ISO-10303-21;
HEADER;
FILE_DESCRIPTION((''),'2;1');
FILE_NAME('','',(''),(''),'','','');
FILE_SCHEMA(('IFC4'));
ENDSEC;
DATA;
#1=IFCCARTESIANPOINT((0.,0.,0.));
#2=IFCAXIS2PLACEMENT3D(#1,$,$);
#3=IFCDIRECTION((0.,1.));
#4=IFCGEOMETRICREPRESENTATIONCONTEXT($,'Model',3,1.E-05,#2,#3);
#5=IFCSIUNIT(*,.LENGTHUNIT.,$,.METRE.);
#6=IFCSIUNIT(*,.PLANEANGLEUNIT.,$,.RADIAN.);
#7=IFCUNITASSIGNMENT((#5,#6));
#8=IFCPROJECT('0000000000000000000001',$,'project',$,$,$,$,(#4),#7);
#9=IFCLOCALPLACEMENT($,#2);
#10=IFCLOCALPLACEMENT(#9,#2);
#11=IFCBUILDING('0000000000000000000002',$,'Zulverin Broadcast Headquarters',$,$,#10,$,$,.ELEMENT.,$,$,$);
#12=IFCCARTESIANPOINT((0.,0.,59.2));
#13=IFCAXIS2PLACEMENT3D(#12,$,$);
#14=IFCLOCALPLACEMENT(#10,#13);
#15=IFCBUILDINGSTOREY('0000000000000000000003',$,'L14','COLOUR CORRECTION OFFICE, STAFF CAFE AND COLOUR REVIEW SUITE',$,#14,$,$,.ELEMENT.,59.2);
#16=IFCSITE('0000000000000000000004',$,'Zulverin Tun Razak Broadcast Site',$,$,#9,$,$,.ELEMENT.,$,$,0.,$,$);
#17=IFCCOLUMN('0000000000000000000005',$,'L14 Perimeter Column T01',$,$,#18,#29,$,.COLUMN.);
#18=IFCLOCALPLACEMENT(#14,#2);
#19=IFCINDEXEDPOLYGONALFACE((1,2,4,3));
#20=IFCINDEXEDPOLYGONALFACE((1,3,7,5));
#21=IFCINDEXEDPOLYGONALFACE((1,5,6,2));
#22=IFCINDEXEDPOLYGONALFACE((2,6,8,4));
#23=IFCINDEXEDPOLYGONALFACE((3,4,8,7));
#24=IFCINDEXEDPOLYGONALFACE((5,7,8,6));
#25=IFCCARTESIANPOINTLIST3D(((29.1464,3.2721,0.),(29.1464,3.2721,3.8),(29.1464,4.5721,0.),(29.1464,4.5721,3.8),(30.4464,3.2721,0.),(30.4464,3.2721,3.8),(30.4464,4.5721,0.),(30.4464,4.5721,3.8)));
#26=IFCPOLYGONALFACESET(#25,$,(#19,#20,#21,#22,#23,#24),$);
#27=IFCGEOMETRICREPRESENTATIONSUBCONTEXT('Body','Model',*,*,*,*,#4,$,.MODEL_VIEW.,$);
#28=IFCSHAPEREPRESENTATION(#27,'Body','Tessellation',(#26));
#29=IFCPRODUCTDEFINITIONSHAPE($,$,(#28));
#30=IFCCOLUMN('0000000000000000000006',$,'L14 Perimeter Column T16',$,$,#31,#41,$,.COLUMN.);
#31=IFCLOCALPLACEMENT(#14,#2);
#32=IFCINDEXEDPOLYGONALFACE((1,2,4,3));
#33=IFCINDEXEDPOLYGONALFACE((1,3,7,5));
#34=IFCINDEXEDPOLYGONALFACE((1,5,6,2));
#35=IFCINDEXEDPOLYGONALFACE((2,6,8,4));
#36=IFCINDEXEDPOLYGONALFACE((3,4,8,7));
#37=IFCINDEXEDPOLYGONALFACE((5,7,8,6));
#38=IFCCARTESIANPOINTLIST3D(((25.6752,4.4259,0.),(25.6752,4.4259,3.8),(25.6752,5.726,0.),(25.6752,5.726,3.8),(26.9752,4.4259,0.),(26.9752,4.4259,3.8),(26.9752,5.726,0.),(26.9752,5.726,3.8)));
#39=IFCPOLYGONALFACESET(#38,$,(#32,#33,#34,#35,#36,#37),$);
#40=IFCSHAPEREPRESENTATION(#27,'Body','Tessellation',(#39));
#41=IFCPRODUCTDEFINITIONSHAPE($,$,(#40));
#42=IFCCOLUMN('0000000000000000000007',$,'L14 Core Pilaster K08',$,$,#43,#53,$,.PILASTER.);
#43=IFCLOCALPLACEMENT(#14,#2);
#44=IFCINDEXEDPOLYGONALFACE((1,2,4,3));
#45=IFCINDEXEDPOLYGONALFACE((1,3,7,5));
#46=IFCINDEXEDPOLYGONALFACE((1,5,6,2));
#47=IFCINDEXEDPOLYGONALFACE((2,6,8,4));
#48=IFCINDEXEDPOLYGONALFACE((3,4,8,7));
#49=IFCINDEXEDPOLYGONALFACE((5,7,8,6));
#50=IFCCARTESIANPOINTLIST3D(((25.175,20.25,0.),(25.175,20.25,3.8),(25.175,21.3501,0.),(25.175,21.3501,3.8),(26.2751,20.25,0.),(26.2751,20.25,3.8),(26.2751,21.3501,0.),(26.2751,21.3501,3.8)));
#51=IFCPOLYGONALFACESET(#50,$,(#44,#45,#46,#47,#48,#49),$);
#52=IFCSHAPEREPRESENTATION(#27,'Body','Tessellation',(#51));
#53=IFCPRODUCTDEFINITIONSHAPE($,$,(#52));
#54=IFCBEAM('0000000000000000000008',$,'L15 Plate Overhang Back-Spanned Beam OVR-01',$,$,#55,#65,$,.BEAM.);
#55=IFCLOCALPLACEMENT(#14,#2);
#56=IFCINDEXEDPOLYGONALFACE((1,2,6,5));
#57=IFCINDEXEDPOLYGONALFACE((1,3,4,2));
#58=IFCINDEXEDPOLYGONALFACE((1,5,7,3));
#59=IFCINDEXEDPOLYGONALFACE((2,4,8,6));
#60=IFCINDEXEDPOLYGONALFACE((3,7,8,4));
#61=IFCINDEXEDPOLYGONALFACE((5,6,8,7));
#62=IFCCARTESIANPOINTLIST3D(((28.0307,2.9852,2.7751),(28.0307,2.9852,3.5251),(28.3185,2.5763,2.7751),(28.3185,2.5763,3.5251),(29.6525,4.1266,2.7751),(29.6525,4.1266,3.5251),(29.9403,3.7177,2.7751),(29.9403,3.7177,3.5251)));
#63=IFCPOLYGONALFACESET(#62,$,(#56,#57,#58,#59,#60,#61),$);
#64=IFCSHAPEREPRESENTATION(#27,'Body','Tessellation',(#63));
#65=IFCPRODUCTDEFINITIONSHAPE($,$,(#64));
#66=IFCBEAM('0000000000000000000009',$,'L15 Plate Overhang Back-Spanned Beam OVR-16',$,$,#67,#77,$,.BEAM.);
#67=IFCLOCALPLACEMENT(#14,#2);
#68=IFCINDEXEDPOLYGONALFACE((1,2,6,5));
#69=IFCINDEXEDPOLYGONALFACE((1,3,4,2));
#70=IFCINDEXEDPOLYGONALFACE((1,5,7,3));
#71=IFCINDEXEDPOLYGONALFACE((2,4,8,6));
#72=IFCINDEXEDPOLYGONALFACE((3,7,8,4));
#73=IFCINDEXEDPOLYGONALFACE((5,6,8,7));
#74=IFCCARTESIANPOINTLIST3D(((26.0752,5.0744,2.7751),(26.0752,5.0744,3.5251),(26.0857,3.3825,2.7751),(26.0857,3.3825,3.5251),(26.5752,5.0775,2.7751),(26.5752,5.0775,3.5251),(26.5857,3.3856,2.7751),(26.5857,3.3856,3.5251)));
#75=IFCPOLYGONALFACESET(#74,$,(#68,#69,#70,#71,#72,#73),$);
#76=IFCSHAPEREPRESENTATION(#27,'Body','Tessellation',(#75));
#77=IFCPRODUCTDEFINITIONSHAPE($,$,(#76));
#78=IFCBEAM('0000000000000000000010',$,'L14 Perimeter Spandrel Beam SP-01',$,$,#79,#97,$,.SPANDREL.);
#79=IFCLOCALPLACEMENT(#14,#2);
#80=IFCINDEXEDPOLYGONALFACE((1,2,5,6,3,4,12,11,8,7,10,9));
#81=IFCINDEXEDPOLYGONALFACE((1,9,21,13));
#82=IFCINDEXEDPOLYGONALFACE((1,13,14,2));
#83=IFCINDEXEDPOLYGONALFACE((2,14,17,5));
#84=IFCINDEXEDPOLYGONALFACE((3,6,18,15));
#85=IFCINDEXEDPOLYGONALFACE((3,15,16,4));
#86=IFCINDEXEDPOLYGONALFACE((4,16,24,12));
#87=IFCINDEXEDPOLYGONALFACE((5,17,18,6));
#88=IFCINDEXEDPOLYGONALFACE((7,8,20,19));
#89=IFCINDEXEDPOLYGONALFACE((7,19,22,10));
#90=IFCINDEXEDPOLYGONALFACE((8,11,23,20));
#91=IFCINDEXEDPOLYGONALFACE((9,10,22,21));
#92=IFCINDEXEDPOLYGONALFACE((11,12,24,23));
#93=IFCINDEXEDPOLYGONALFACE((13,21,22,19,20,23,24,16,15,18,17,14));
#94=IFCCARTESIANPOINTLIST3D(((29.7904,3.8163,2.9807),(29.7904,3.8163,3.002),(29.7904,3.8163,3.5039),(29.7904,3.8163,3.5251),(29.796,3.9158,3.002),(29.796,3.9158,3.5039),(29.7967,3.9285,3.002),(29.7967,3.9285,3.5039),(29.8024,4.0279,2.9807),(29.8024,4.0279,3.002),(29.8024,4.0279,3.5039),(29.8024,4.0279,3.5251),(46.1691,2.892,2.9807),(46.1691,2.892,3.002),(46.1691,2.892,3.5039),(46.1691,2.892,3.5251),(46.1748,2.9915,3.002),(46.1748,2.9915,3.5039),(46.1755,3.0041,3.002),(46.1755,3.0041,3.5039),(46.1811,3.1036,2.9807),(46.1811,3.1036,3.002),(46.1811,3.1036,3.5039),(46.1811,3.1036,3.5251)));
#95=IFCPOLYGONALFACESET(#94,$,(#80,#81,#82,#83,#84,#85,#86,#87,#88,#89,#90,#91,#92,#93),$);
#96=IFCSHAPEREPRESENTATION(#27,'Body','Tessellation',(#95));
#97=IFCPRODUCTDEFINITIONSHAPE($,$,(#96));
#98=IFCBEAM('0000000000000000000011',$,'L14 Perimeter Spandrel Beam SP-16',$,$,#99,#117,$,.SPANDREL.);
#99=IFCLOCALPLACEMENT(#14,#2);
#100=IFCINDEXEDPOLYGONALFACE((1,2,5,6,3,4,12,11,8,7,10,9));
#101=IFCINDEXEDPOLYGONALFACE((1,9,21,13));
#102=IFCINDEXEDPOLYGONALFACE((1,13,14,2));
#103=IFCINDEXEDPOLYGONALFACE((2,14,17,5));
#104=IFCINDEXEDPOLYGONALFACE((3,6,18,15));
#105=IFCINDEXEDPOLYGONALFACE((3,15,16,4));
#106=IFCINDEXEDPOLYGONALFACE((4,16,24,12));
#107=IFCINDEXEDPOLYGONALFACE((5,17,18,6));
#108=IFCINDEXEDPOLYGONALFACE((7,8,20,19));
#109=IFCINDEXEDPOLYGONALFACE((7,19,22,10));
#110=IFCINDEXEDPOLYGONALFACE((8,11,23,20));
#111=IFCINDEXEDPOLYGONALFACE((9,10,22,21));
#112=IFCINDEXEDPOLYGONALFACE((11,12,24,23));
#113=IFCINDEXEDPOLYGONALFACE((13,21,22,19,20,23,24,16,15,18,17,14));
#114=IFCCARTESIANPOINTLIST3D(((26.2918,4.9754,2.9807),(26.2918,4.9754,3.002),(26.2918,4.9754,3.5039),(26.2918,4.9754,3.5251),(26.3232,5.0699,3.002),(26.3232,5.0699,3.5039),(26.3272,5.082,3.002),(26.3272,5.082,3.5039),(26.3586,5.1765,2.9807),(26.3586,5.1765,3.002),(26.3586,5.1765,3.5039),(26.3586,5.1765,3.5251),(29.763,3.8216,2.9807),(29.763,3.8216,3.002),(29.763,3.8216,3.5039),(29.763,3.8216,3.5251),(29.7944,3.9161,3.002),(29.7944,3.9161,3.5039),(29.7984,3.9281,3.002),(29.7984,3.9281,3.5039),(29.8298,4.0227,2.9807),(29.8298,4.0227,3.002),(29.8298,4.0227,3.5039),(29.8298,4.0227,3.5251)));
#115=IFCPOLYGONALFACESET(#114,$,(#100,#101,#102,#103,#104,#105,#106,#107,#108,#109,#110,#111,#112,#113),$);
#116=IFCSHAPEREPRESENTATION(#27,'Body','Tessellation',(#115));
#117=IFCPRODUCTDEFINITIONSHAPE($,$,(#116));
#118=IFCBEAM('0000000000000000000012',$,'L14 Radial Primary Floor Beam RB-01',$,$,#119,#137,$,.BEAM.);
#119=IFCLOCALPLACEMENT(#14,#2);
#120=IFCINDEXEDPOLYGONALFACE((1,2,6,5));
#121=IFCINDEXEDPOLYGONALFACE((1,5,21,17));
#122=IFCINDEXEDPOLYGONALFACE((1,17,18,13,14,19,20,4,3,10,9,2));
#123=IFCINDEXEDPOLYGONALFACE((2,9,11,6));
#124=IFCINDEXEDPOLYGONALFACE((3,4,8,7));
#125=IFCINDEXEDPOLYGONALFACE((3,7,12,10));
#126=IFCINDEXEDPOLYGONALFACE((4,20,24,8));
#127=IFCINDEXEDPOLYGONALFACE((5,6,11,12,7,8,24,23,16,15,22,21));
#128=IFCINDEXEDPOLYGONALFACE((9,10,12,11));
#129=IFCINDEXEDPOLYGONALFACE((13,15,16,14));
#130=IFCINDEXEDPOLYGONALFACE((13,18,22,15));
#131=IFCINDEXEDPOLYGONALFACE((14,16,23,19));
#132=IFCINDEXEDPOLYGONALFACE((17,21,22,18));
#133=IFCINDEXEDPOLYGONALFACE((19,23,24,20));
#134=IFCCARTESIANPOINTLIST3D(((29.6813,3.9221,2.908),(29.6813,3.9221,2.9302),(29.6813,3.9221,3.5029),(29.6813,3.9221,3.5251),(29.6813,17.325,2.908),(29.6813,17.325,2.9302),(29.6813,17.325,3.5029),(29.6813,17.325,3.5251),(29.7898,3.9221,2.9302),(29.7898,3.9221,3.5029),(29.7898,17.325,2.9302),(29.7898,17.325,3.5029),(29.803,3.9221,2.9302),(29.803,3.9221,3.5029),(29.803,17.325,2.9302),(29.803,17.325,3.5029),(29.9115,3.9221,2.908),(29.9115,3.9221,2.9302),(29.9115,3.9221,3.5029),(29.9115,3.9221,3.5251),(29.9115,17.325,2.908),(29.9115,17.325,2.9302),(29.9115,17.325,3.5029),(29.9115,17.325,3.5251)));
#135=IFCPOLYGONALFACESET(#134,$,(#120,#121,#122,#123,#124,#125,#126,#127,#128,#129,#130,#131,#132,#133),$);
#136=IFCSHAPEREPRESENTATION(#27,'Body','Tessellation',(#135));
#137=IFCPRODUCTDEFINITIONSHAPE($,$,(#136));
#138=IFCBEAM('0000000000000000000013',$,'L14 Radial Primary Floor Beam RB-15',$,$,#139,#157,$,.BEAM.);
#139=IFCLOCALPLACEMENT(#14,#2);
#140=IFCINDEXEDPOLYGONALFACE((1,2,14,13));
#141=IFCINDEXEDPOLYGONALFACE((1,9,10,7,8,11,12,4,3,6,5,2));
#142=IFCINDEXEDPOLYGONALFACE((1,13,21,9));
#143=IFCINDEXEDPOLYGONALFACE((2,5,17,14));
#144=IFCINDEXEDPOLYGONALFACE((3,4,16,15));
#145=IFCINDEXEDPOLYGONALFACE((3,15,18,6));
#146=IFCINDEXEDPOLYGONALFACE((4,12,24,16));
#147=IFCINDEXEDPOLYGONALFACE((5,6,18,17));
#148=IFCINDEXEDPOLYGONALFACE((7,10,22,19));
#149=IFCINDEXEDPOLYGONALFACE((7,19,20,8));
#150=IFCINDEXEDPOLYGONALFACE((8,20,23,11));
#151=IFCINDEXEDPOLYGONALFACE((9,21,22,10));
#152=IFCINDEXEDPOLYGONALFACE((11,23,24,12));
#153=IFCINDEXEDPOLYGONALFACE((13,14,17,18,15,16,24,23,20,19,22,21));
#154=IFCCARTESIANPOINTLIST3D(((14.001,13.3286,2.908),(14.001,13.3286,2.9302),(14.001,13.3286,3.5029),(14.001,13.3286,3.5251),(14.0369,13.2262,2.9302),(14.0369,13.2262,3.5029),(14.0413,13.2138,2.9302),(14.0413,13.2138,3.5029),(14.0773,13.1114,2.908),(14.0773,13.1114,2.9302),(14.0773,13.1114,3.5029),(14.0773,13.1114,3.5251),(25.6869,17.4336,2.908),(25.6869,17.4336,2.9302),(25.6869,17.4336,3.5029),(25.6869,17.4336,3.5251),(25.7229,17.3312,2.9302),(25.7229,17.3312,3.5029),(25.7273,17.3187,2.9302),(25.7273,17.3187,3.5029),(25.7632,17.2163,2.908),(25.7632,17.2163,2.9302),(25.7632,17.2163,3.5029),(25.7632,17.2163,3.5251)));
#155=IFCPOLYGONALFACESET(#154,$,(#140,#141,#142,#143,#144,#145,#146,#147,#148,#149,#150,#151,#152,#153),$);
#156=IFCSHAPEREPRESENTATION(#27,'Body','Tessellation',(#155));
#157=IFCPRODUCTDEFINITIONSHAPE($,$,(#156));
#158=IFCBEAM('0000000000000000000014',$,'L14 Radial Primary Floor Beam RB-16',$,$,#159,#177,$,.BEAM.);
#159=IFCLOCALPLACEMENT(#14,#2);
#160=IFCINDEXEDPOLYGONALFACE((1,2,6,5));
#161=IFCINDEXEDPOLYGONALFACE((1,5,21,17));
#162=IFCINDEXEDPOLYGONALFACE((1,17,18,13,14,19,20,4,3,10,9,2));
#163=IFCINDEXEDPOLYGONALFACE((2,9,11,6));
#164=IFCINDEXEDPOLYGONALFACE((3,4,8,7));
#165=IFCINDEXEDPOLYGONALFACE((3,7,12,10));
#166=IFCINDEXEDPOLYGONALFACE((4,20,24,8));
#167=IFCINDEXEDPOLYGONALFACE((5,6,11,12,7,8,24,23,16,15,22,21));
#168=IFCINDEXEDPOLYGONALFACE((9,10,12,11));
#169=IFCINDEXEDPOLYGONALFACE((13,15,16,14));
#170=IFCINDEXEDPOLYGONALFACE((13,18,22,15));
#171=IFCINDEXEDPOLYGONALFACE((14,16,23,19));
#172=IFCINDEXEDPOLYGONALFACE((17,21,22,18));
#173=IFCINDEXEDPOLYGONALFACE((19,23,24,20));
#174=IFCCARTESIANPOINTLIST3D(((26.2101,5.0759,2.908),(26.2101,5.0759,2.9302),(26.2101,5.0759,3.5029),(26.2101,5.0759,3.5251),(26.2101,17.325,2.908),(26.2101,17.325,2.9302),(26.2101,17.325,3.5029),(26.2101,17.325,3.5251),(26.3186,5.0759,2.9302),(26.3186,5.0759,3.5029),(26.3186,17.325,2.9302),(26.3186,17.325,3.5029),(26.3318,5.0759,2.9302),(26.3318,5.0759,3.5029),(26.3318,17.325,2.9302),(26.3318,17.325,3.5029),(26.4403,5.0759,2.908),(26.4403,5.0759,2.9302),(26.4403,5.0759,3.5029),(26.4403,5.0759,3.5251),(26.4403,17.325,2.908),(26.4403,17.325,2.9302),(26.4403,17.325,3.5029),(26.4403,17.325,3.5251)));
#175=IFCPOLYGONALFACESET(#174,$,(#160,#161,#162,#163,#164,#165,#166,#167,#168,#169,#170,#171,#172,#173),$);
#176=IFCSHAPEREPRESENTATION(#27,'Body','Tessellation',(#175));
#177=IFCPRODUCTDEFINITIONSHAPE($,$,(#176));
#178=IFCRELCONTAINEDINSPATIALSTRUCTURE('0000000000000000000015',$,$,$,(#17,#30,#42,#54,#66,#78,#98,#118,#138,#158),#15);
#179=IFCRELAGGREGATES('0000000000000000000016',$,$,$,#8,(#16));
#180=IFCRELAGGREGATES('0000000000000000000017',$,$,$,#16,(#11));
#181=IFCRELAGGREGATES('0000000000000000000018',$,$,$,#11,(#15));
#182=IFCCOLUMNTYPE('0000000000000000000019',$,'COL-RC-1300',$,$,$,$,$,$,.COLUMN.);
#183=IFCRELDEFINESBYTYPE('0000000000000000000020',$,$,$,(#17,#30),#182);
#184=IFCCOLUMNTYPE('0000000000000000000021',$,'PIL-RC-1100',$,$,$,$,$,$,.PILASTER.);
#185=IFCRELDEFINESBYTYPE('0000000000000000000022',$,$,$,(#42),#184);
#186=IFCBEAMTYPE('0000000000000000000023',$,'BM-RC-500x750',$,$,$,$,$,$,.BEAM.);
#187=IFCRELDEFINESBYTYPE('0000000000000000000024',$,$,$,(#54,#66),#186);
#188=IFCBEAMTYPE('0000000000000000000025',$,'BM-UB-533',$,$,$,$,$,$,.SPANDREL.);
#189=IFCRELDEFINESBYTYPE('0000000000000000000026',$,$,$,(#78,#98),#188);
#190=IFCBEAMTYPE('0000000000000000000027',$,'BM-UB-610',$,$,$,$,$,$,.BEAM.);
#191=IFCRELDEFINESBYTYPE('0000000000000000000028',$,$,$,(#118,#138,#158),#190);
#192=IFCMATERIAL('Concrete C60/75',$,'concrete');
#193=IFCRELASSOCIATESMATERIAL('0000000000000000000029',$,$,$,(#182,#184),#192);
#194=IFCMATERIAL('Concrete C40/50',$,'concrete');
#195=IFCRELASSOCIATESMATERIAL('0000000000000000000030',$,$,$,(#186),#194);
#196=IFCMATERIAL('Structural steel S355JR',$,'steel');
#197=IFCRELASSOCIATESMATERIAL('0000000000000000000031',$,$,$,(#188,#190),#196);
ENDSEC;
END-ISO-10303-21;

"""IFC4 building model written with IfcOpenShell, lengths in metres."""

from ifc_helpers import new_model, si_unit, direction, frame, origin, origin_2d, place, context, subcontext, project, spatial, rectangle, i_section, extrude, material, material_profile, profile_set, type_object, element, save


model = new_model("IFC4")

# Units and contexts
model_context = context("Model", 3, precision=1e-05, world=origin(), true_north=direction((0.0, 1.0)))
body_context = subcontext(model_context, "Body", "Model", "MODEL_VIEW")
ifc_project = project(units=[si_unit("LENGTHUNIT", "METRE"), si_unit("PLANEANGLEUNIT", "RADIAN")], contexts=[model_context])

# Site, building, storey
site_placement = place(None, origin())
site = spatial("IfcSite", under=ifc_project, at=site_placement, Name="Zulverin Tun Razak Broadcast Site", CompositionType="ELEMENT", RefElevation=0.0)
building_placement = place(site_placement, origin())
building = spatial("IfcBuilding", under=site, at=building_placement, Name="Zulverin Broadcast Headquarters", CompositionType="ELEMENT")
storey_placement = place(building_placement, frame((0.0, 0.0, 59.2)))
storey = spatial("IfcBuildingStorey", under=building, at=storey_placement, Name="L14", Description="COLOUR CORRECTION OFFICE, STAFF CAFE AND COLOUR REVIEW SUITE", CompositionType="ELEMENT", Elevation=59.2)

# Columns
ifc_material_1 = material(Name="Concrete C60/75", Category="concrete")
ifc_material_profile_1 = material_profile(ifc_material_1, rectangle(XDim=1.3, YDim=1.3, at=origin_2d()), Name="Concrete C60/75", Category="concrete")
ifc_profile_set_1 = profile_set([ifc_material_profile_1], Name="Concrete C60/75")
column_type_1 = type_object("IfcColumnType", Name="COL-RC-1300", PredefinedType="COLUMN", material=ifc_profile_set_1)
for number, where, z_axis, x_axis, name in (
    (1, (29.7964, 3.9221, 0.0), (0.0, 0.0, 1.0), (1.0, 0.0, 0.0), "L14 Perimeter Column T01"),
    (2, (26.3252, 5.0759, 0.0), (0.0, 0.0, 1.0), (1.0, 0.0, 0.0), "L14 Perimeter Column T16"),
):
    element("IfcColumn", number, at=place(storey_placement, frame(where, z_axis=z_axis, x_axis=x_axis)), inside=storey, type_object=column_type_1, Name=name, PredefinedType="COLUMN", context=body_context, shape_type="SweptSolid", body=[
        extrude(rectangle(XDim=1.3, YDim=1.3, at=origin_2d()), origin(), (0.0, 0.0, 1.0), 3.8),
    ])
ifc_material_profile_2 = material_profile(ifc_material_1, rectangle(XDim=1.1001, YDim=1.1001, at=origin_2d()), Name="Concrete C60/75", Category="concrete")
ifc_profile_set_2 = profile_set([ifc_material_profile_2], Name="Concrete C60/75")
column_type_2 = type_object("IfcColumnType", Name="PIL-RC-1100", PredefinedType="PILASTER", material=ifc_profile_set_2)
column_placement = place(storey_placement, frame((25.7251, 20.8, 0.0), z_axis=(0.0, 0.0, 1.0), x_axis=(1.0, 0.0, 0.0)))
element("IfcColumn", 3, at=column_placement, inside=storey, type_object=column_type_2, Name="L14 Core Pilaster K08", PredefinedType="PILASTER", context=body_context, shape_type="SweptSolid", body=[
    extrude(rectangle(XDim=1.1001, YDim=1.1001, at=origin_2d()), origin(), (0.0, 0.0, 1.0), 3.8),
])

# Beams
ifc_material_2 = material(Name="Concrete C40/50", Category="concrete")
ifc_material_profile_3 = material_profile(ifc_material_2, rectangle(XDim=0.5, YDim=0.75, at=origin_2d()), Name="Concrete C40/50", Category="concrete")
ifc_profile_set_3 = profile_set([ifc_material_profile_3], Name="Concrete C40/50")
beam_type_1 = type_object("IfcBeamType", Name="BM-RC-500x750", PredefinedType="BEAM", material=ifc_profile_set_3)
beam_1_placement = place(storey_placement, frame((29.7964, 3.9221, 3.1501), z_axis=(-0.817789, -0.575518, 0.0), x_axis=(0.575518, -0.817789, 0.0)))
element("IfcBeam", 4, at=beam_1_placement, inside=storey, type_object=beam_type_1, Name="L15 Plate Overhang Back-Spanned Beam OVR-01", PredefinedType="BEAM", context=body_context, shape_type="SweptSolid", body=[
    extrude(rectangle(XDim=0.5, YDim=0.75, at=origin_2d()), origin(), (0.0, 0.0, 1.0), 1.9832),
])
beam_2_placement = place(storey_placement, frame((26.3252, 5.0759, 3.1501), z_axis=(0.006205, -0.999981, 0.0), x_axis=(0.999981, 0.006205, 0.0)))
element("IfcBeam", 5, at=beam_2_placement, inside=storey, type_object=beam_type_1, Name="L15 Plate Overhang Back-Spanned Beam OVR-16", PredefinedType="BEAM", context=body_context, shape_type="SweptSolid", body=[
    extrude(rectangle(XDim=0.5, YDim=0.75, at=origin_2d()), origin(), (0.0, 0.0, 1.0), 1.6919),
])
ifc_material_3 = material(Name="Structural steel S355JR", Category="steel")
ifc_material_profile_4 = material_profile(ifc_material_3, i_section(OverallWidth=0.2119, OverallDepth=0.5444, WebThickness=0.0127, FlangeThickness=0.0212, at=origin_2d()), Name="Structural steel S355JR", Category="steel")
ifc_profile_set_4 = profile_set([ifc_material_profile_4], Name="Structural steel S355JR")
beam_type_2 = type_object("IfcBeamType", Name="BM-UB-533", PredefinedType="SPANDREL", material=ifc_profile_set_4)
beam_3_placement = place(storey_placement, frame((29.7964, 3.9221, 3.2529), z_axis=(0.998411, -0.056345, 0.0), x_axis=(0.056345, 0.998411, 0.0)))
element("IfcBeam", 6, at=beam_3_placement, inside=storey, type_object=beam_type_2, Name="L14 Perimeter Spandrel Beam SP-01", PredefinedType="SPANDREL", context=body_context, shape_type="SweptSolid", body=[
    extrude(i_section(OverallWidth=0.2119, OverallDepth=0.5444, WebThickness=0.0127, FlangeThickness=0.0212, at=origin_2d()), origin(), (0.0, 0.0, 1.0), 16.4048),
])
beam_4_placement = place(storey_placement, frame((26.3252, 5.0759, 3.2529), z_axis=(0.94895, -0.315427, 0.0), x_axis=(0.315427, 0.94895, 0.0)))
element("IfcBeam", 7, at=beam_4_placement, inside=storey, type_object=beam_type_2, Name="L14 Perimeter Spandrel Beam SP-16", PredefinedType="SPANDREL", context=body_context, shape_type="SweptSolid", body=[
    extrude(i_section(OverallWidth=0.2119, OverallDepth=0.5444, WebThickness=0.0127, FlangeThickness=0.0212, at=origin_2d()), origin(), (0.0, 0.0, 1.0), 3.658),
])
ifc_material_profile_5 = material_profile(ifc_material_3, i_section(OverallWidth=0.2302, OverallDepth=0.6172, WebThickness=0.0132, FlangeThickness=0.0222, at=origin_2d()), Name="Structural steel S355JR", Category="steel")
ifc_profile_set_5 = profile_set([ifc_material_profile_5], Name="Structural steel S355JR")
beam_type_3 = type_object("IfcBeamType", Name="BM-UB-610", PredefinedType="BEAM", material=ifc_profile_set_5)
beam_5_placement = place(storey_placement, frame((29.7964, 17.325, 3.2166), z_axis=(0.0, -1.0, 0.0), x_axis=(1.0, 0.0, 0.0)))
element("IfcBeam", 8, at=beam_5_placement, inside=storey, type_object=beam_type_3, Name="L14 Radial Primary Floor Beam RB-01", PredefinedType="BEAM", context=body_context, shape_type="SweptSolid", body=[
    extrude(i_section(OverallWidth=0.2302, OverallDepth=0.6172, WebThickness=0.0132, FlangeThickness=0.0222, at=origin_2d()), origin(), (0.0, 0.0, 1.0), 13.4028),
])
beam_6_placement = place(storey_placement, frame((25.7251, 17.325, 3.2166), z_axis=(-0.943483, -0.33142, 0.0), x_axis=(0.33142, -0.943483, 0.0)))
element("IfcBeam", 9, at=beam_6_placement, inside=storey, type_object=beam_type_3, Name="L14 Radial Primary Floor Beam RB-15", PredefinedType="BEAM", context=body_context, shape_type="SweptSolid", body=[
    extrude(i_section(OverallWidth=0.2302, OverallDepth=0.6172, WebThickness=0.0132, FlangeThickness=0.0222, at=origin_2d()), origin(), (0.0, 0.0, 1.0), 12.386),
])
beam_7_placement = place(storey_placement, frame((26.3252, 17.325, 3.2166), z_axis=(0.0, -1.0, 0.0), x_axis=(1.0, 0.0, 0.0)))
element("IfcBeam", 10, at=beam_7_placement, inside=storey, type_object=beam_type_3, Name="L14 Radial Primary Floor Beam RB-16", PredefinedType="BEAM", context=body_context, shape_type="SweptSolid", body=[
    extrude(i_section(OverallWidth=0.2302, OverallDepth=0.6172, WebThickness=0.0132, FlangeThickness=0.0222, at=origin_2d()), origin(), (0.0, 0.0, 1.0), 12.249),
])

save(model, "model.ifc")
